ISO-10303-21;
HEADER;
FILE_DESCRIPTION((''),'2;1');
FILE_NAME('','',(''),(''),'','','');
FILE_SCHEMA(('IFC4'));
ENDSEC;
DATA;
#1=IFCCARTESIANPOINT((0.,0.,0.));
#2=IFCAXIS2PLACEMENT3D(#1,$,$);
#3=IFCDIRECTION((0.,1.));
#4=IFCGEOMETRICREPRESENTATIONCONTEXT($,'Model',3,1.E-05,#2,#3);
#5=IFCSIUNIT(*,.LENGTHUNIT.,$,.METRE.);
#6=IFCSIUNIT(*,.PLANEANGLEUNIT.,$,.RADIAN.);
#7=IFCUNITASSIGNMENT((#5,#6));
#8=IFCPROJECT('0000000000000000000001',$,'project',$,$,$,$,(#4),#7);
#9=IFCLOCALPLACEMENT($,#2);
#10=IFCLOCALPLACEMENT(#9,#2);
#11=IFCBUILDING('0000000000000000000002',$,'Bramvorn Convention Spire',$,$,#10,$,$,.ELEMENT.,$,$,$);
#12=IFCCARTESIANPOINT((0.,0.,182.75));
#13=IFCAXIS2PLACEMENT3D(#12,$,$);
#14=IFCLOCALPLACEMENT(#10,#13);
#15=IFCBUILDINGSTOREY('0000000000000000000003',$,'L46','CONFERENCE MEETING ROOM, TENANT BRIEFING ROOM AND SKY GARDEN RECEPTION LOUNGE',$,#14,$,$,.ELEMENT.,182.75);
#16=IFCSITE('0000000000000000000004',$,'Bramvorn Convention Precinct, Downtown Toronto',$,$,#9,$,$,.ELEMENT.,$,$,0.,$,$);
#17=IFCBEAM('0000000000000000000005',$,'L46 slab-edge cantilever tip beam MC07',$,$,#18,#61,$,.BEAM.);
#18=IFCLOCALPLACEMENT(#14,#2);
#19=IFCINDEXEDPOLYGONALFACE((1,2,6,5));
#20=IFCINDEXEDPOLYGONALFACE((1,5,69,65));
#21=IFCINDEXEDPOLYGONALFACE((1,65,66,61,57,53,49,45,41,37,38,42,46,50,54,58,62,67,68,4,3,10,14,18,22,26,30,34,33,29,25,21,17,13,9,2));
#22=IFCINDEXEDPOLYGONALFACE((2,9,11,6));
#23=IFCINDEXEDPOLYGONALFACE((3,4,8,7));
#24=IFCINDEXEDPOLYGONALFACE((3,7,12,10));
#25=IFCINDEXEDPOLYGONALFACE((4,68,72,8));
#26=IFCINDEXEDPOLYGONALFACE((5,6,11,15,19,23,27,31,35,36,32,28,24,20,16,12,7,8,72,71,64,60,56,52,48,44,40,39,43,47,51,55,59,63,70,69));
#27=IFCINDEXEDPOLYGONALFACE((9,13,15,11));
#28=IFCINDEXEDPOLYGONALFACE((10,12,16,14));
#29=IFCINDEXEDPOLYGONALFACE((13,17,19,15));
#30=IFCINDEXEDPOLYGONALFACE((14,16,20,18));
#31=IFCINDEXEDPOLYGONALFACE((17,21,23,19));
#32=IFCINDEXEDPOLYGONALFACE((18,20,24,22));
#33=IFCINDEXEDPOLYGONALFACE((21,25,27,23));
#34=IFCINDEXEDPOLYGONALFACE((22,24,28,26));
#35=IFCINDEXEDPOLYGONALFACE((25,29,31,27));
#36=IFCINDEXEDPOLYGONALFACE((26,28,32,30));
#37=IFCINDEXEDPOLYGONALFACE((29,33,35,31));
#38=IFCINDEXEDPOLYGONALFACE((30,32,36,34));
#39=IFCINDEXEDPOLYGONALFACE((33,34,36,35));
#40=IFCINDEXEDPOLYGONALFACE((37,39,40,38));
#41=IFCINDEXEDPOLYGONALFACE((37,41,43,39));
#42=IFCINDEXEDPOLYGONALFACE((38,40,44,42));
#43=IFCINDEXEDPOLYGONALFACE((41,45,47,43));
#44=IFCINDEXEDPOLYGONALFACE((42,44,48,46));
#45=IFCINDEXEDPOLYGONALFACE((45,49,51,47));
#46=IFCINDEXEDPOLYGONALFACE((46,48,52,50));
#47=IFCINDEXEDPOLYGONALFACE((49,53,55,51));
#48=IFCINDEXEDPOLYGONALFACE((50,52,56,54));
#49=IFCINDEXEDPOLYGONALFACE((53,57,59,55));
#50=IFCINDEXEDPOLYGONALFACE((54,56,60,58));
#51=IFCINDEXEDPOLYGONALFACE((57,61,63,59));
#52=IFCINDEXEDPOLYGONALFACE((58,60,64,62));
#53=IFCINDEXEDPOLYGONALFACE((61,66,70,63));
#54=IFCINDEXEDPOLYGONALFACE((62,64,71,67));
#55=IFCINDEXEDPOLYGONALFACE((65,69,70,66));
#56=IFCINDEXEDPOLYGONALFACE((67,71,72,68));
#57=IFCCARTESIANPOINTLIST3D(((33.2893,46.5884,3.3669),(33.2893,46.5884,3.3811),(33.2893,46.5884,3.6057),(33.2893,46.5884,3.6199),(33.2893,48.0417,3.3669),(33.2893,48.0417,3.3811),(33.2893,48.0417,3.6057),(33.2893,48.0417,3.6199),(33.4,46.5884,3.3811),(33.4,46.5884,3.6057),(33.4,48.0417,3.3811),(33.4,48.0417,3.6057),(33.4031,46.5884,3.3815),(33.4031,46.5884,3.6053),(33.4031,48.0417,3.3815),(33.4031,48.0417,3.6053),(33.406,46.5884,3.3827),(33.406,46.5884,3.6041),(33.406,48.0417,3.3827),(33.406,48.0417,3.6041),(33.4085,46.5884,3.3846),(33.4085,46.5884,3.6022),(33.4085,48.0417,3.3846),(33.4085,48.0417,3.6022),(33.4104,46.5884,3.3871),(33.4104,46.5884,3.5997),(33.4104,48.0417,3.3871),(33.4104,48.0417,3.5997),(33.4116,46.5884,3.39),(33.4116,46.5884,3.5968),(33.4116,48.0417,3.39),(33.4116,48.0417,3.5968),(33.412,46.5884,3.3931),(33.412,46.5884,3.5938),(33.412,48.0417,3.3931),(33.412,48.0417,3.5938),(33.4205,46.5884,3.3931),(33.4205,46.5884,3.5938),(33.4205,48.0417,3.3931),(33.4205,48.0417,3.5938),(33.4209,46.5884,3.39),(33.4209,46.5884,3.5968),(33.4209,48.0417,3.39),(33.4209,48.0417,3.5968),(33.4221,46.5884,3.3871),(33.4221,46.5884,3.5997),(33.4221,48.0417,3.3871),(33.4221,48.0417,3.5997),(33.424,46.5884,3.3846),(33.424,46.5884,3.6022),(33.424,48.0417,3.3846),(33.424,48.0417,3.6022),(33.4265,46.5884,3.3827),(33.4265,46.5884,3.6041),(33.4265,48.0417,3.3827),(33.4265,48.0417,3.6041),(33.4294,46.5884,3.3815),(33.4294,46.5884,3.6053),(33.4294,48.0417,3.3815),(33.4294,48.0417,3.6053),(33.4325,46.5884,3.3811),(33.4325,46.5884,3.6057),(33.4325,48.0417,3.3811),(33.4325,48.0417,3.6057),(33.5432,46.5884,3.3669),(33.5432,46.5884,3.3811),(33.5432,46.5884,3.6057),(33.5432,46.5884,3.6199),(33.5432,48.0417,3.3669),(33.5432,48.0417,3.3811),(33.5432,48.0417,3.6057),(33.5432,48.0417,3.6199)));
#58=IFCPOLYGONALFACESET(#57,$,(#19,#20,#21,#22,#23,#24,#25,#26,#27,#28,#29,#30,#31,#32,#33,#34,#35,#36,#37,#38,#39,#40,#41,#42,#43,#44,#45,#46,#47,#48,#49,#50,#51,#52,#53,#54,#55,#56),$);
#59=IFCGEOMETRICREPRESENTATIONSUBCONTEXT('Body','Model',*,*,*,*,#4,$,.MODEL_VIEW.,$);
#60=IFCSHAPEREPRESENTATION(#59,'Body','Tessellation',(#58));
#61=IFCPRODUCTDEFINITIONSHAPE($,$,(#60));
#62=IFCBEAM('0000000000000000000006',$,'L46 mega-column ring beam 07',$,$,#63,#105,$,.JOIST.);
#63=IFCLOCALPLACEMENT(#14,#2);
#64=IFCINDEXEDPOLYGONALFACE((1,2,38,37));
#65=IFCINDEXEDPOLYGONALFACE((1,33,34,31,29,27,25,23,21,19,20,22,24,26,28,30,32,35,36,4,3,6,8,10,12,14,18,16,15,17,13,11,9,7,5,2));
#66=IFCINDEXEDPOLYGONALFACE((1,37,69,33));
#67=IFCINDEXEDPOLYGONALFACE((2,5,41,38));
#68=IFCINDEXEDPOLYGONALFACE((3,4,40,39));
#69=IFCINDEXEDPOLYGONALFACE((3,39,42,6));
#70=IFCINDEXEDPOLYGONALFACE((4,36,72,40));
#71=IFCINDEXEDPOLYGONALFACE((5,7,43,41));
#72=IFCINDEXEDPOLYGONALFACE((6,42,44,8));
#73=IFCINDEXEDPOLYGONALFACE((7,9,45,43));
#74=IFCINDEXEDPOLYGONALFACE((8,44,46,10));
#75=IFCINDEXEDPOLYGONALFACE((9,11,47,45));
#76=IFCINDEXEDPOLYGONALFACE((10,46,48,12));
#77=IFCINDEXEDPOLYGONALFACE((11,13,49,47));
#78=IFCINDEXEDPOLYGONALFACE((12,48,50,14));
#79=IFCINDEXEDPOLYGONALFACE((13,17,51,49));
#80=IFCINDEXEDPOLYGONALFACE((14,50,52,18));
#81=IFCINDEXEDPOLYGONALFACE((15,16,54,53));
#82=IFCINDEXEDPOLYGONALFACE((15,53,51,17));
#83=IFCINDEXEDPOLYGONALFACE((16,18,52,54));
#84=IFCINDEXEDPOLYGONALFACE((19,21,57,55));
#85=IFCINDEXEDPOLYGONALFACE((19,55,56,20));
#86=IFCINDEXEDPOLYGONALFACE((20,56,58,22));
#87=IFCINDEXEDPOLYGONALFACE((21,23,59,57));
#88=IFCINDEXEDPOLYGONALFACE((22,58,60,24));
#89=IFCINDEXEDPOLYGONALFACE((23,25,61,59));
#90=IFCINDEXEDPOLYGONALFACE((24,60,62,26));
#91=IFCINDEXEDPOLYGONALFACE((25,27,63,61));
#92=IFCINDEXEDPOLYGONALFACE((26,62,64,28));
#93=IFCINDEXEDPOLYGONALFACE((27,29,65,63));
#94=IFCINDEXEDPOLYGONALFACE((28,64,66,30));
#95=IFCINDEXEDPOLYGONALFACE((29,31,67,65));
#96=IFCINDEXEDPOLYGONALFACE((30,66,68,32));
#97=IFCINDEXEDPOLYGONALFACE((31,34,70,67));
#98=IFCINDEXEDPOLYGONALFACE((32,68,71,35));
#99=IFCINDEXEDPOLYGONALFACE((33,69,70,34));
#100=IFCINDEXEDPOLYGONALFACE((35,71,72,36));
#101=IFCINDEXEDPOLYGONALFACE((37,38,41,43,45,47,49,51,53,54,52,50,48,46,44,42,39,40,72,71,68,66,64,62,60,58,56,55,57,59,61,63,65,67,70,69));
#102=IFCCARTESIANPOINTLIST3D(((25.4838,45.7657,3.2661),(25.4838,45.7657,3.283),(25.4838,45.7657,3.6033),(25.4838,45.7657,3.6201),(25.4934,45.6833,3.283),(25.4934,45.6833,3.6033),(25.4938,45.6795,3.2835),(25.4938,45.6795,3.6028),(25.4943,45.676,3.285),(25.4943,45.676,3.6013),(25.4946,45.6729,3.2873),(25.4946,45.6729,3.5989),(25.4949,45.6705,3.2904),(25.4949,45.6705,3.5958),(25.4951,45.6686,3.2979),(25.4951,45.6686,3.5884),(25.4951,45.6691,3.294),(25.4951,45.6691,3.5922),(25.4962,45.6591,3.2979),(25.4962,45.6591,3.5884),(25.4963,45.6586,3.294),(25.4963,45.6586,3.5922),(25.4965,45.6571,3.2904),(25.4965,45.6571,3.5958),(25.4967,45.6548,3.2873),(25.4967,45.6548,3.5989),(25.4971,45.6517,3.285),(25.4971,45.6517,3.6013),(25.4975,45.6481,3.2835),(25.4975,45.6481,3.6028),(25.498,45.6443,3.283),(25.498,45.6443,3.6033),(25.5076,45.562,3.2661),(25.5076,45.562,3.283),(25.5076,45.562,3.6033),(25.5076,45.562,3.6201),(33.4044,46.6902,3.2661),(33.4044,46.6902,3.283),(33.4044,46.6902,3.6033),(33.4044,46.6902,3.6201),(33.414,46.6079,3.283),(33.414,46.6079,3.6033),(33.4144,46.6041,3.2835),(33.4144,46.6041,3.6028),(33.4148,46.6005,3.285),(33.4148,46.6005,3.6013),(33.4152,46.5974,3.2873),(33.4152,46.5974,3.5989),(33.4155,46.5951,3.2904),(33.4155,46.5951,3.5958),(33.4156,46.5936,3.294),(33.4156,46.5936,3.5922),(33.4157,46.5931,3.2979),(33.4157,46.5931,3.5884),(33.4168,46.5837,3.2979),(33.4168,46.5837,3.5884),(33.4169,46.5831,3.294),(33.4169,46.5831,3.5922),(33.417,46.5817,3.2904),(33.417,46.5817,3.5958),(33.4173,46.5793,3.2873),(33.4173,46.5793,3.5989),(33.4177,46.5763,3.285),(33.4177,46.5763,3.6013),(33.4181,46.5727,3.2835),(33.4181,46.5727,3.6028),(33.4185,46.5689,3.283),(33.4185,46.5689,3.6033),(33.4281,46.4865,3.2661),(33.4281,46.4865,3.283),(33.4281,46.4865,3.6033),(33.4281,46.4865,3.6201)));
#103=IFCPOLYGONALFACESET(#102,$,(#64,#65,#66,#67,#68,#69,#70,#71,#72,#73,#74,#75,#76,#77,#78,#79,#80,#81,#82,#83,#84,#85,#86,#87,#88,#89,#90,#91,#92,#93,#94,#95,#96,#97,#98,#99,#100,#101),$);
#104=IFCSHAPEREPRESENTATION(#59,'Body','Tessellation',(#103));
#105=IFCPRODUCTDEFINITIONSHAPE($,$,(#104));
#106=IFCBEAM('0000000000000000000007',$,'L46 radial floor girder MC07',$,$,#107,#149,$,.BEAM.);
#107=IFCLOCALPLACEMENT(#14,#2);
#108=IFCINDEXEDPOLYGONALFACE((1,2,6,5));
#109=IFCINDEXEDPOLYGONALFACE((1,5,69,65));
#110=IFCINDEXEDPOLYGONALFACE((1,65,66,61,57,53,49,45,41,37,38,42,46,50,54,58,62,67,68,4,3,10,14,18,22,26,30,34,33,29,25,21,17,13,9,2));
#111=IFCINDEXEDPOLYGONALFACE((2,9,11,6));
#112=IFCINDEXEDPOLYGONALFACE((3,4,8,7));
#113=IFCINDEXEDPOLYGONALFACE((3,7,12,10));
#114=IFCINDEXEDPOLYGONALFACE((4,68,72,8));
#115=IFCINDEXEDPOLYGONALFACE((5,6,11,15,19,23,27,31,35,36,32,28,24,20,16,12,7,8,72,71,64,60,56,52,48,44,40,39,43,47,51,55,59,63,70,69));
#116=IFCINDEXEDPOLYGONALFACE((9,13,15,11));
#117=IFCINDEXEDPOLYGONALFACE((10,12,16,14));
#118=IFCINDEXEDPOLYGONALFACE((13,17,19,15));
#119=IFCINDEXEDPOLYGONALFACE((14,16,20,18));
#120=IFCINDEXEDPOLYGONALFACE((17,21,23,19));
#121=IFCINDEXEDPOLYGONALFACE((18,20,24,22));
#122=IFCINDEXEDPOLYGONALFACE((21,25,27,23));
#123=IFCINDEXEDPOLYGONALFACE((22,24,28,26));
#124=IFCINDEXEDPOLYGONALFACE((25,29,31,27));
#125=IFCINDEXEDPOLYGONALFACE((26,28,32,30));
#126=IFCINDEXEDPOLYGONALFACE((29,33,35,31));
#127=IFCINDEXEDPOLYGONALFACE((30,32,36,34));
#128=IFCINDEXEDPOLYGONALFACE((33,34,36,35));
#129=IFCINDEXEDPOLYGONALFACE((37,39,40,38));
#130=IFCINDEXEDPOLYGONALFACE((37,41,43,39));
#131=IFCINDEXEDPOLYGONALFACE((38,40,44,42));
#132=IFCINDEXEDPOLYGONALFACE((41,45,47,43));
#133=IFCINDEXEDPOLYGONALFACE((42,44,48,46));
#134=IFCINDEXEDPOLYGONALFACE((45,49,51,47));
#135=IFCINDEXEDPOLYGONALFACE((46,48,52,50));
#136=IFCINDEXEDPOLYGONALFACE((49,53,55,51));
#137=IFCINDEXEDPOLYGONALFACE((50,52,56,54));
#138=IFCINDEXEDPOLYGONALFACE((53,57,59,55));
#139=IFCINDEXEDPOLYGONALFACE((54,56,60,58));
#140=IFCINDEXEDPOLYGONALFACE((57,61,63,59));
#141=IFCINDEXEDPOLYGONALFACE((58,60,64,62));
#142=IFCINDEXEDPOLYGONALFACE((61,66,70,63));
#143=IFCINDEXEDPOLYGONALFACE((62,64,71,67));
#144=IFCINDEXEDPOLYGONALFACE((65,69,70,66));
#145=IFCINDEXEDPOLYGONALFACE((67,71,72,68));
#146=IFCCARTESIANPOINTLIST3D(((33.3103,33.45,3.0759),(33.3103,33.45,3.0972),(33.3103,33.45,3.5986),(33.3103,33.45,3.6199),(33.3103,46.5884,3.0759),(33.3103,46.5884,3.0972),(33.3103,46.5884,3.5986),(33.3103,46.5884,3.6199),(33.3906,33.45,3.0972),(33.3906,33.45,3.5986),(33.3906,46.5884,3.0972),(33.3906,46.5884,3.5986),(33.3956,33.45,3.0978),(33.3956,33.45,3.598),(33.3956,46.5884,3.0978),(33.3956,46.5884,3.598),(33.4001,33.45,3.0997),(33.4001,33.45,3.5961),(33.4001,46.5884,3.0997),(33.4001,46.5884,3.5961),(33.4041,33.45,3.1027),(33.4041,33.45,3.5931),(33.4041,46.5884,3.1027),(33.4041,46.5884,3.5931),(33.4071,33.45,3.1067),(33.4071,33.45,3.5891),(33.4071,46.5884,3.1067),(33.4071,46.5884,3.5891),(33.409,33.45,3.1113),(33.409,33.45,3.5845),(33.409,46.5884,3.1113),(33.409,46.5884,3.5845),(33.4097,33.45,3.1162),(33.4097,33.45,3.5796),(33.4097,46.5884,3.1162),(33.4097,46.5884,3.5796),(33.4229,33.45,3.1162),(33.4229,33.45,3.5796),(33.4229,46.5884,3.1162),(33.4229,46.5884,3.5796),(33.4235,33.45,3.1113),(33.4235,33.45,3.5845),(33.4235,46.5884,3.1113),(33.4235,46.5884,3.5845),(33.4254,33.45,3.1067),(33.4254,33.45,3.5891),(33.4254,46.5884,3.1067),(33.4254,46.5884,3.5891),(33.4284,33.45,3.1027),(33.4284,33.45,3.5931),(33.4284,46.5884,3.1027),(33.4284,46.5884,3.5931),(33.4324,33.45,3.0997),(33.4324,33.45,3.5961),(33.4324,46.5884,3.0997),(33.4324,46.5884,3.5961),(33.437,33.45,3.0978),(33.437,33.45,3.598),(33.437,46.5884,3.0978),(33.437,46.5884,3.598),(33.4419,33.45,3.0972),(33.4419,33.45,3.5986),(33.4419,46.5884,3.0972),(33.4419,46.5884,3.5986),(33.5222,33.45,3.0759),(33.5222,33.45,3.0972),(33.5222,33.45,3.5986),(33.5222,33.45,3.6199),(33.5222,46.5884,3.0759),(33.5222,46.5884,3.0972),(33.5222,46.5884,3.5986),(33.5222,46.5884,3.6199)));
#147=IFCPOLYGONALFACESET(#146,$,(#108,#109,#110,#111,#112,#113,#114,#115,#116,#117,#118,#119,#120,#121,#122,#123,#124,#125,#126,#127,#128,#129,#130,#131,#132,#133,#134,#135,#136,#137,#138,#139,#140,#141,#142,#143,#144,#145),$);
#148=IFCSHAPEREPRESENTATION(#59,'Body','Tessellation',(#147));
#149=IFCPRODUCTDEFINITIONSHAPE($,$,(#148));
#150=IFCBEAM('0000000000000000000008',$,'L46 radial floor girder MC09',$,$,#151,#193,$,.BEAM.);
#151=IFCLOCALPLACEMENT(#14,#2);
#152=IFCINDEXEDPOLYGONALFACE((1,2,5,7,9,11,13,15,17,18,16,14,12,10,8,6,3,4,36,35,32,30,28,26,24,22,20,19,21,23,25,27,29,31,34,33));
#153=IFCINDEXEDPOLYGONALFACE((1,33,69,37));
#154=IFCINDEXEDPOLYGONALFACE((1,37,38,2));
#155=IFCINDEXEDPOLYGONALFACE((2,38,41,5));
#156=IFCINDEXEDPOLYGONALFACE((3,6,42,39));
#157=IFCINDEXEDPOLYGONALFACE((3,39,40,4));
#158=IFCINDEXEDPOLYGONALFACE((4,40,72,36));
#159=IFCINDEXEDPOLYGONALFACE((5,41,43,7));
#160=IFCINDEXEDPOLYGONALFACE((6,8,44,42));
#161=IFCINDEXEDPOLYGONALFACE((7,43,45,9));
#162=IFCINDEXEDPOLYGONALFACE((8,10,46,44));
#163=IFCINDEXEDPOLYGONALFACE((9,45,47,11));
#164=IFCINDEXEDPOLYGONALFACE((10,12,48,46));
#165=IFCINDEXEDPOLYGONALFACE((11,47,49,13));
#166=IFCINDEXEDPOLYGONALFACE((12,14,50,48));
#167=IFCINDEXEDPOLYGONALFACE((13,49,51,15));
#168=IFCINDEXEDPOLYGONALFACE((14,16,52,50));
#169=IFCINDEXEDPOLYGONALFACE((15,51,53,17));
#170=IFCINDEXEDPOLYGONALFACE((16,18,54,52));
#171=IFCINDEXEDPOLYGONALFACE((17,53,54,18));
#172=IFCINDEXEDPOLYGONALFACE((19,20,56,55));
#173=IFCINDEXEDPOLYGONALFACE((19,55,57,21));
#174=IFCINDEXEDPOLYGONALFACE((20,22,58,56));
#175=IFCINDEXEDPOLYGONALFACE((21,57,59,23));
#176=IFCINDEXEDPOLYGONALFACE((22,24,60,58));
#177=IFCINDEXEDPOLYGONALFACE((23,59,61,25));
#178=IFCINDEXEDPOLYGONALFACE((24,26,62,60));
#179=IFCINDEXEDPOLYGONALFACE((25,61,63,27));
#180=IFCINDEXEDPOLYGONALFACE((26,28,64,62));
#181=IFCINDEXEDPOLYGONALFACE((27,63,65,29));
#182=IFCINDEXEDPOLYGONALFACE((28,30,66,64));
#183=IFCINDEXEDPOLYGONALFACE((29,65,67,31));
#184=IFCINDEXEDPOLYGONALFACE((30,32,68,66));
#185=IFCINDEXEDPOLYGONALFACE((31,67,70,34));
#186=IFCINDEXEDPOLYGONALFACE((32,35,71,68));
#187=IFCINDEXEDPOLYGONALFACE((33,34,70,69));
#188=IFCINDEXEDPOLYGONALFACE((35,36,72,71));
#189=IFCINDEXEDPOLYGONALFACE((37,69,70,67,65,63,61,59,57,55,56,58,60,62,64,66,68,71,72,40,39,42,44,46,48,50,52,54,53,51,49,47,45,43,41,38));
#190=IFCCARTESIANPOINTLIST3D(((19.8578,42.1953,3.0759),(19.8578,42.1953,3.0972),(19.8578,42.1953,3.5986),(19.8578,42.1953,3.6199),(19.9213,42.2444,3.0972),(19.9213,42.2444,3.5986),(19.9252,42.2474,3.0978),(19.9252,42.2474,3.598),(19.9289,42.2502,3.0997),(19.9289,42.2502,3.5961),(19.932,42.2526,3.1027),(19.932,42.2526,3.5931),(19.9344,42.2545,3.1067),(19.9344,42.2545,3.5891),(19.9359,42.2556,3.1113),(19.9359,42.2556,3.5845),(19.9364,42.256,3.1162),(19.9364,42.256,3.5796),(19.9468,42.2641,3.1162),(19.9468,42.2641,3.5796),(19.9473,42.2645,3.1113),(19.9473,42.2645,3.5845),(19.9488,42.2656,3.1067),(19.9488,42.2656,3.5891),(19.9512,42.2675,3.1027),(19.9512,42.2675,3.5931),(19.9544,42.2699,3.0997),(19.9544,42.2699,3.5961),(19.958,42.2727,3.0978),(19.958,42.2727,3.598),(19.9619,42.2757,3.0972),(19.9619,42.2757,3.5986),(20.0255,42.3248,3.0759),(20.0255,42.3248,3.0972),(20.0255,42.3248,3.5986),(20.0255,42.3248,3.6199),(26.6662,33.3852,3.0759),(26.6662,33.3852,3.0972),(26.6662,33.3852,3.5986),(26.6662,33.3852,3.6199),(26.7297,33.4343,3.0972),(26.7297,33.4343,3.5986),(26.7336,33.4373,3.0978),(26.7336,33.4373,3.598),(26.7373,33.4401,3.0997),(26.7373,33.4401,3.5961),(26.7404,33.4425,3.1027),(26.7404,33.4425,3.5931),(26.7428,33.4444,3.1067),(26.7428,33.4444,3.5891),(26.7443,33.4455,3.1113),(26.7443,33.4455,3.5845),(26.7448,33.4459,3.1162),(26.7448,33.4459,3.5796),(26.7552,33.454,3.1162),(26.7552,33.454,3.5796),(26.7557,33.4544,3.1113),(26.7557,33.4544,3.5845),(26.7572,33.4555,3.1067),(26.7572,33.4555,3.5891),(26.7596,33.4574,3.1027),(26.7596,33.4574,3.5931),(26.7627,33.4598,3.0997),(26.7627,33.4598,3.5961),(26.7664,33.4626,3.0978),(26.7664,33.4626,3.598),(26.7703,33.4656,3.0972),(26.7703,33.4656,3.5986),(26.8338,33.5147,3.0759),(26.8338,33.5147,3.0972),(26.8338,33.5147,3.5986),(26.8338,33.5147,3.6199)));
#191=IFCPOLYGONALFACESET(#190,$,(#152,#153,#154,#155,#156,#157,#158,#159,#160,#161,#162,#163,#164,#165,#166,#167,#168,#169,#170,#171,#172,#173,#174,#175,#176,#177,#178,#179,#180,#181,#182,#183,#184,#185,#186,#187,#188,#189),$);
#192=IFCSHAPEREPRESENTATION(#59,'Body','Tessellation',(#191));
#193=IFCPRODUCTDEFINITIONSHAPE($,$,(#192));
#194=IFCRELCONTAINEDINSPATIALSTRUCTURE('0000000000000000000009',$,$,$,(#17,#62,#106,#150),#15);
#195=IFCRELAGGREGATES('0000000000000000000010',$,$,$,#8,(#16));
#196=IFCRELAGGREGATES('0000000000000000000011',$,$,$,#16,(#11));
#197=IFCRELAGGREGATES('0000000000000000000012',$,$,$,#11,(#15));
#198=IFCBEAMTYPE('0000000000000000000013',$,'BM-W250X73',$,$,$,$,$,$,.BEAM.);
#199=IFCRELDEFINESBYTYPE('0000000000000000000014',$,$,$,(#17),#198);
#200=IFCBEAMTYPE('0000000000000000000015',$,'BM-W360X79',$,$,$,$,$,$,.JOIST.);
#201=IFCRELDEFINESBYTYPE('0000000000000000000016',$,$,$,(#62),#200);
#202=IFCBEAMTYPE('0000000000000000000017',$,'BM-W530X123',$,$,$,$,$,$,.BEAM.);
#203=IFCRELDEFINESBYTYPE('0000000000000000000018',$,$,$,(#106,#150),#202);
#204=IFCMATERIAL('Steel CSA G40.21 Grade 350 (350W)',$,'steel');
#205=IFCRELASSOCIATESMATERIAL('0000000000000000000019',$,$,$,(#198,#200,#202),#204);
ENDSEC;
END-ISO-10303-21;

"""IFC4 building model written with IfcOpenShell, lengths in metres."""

from ifc_helpers import new_model, si_unit, direction, frame, origin, origin_2d, place, context, subcontext, project, spatial, i_section, extrude, material, material_profile, profile_set, type_object, element, save


model = new_model("IFC4")

# Units and contexts
model_context = context("Model", 3, precision=1e-05, world=origin(), true_north=direction((0.0, 1.0)))
body_context = subcontext(model_context, "Body", "Model", "MODEL_VIEW")
ifc_project = project(units=[si_unit("LENGTHUNIT", "METRE"), si_unit("PLANEANGLEUNIT", "RADIAN")], contexts=[model_context])

# Site, building, storey
site_placement = place(None, origin())
site = spatial("IfcSite", under=ifc_project, at=site_placement, Name="Bramvorn Convention Precinct, Downtown Toronto", CompositionType="ELEMENT", RefElevation=0.0)
building_placement = place(site_placement, origin())
building = spatial("IfcBuilding", under=site, at=building_placement, Name="Bramvorn Convention Spire", CompositionType="ELEMENT")
storey_placement = place(building_placement, frame((0.0, 0.0, 182.75)))
storey = spatial("IfcBuildingStorey", under=building, at=storey_placement, Name="L46", Description="CONFERENCE MEETING ROOM, TENANT BRIEFING ROOM AND SKY GARDEN RECEPTION LOUNGE", CompositionType="ELEMENT", Elevation=182.75)

# Shared definitions
ifc_material_1 = material(Name="Steel CSA G40.21 Grade 350 (350W)", Category="steel")

# Beams
ifc_material_profile_1 = material_profile(ifc_material_1, i_section(OverallWidth=0.2539, OverallDepth=0.2529, WebThickness=0.0085, FlangeThickness=0.0142, FilletRadius=0.012, at=origin_2d()))
ifc_profile_set_1 = profile_set([ifc_material_profile_1], Name="Steel CSA G40.21 Grade 350 (350W) - W250X73")
beam_type_1 = type_object("IfcBeamType", Name="BM-W250X73", PredefinedType="BEAM", material=ifc_profile_set_1)
beam_1_placement = place(storey_placement, frame((33.4163, 46.5884, 3.4934), z_axis=(0.0, 1.0, 0.0), x_axis=(-1.0, 0.0, 0.0)))
element("IfcBeam", 1, at=beam_1_placement, inside=storey, type_object=beam_type_1, Name="L46 slab-edge cantilever tip beam MC07", PredefinedType="BEAM", context=body_context, shape_type="SweptSolid", body=[
    extrude(i_section(OverallWidth=0.2539, OverallDepth=0.2529, WebThickness=0.0085, FlangeThickness=0.0142, FilletRadius=0.012, at=origin_2d()), origin(), (0.0, 0.0, 1.0), 1.4534),
])
ifc_material_profile_2 = material_profile(ifc_material_1, i_section(OverallWidth=0.2051, OverallDepth=0.354, WebThickness=0.0095, FlangeThickness=0.0168, FilletRadius=0.0149, at=origin_2d()))
ifc_profile_set_2 = profile_set([ifc_material_profile_2], Name="Steel CSA G40.21 Grade 350 (350W) - W360X79")
beam_type_2 = type_object("IfcBeamType", Name="BM-W360X79", PredefinedType="JOIST", material=ifc_profile_set_2)
beam_2_placement = place(storey_placement, frame((33.4163, 46.5884, 3.4431), z_axis=(-0.993256, -0.115941, 0.0), x_axis=(0.115941, -0.993256, 0.0)))
element("IfcBeam", 2, at=beam_2_placement, inside=storey, type_object=beam_type_2, Name="L46 mega-column ring beam 07", PredefinedType="JOIST", context=body_context, shape_type="SweptSolid", body=[
    extrude(i_section(OverallWidth=0.2051, OverallDepth=0.354, WebThickness=0.0095, FlangeThickness=0.0168, FilletRadius=0.0149, at=origin_2d()), origin(), (0.0, 0.0, 1.0), 7.9744),
])
ifc_material_profile_3 = material_profile(ifc_material_1, i_section(OverallWidth=0.2119, OverallDepth=0.5439, WebThickness=0.0132, FlangeThickness=0.0212, FilletRadius=0.019, at=origin_2d()))
ifc_profile_set_3 = profile_set([ifc_material_profile_3], Name="Steel CSA G40.21 Grade 350 (350W) - W530X123")
beam_type_3 = type_object("IfcBeamType", Name="BM-W530X123", PredefinedType="BEAM", material=ifc_profile_set_3)
beam_3_placement = place(storey_placement, frame((33.4163, 33.45, 3.3479), z_axis=(0.0, 1.0, 0.0), x_axis=(-1.0, 0.0, 0.0)))
element("IfcBeam", 3, at=beam_3_placement, inside=storey, type_object=beam_type_3, Name="L46 radial floor girder MC07", PredefinedType="BEAM", context=body_context, shape_type="SweptSolid", body=[
    extrude(i_section(OverallWidth=0.2119, OverallDepth=0.5439, WebThickness=0.0132, FlangeThickness=0.0212, FilletRadius=0.019, at=origin_2d()), origin(), (0.0, 0.0, 1.0), 13.1384),
])
beam_4_placement = place(storey_placement, frame((26.75, 33.45, 3.3479), z_axis=(-0.61148, 0.79126, 0.0), x_axis=(-0.79126, -0.61148, 0.0)))
element("IfcBeam", 4, at=beam_4_placement, inside=storey, type_object=beam_type_3, Name="L46 radial floor girder MC09", PredefinedType="BEAM", context=body_context, shape_type="SweptSolid", body=[
    extrude(i_section(OverallWidth=0.2119, OverallDepth=0.5439, WebThickness=0.0132, FlangeThickness=0.0212, FilletRadius=0.019, at=origin_2d()), origin(), (0.0, 0.0, 1.0), 11.1343),
])

save(model, "model.ifc")
